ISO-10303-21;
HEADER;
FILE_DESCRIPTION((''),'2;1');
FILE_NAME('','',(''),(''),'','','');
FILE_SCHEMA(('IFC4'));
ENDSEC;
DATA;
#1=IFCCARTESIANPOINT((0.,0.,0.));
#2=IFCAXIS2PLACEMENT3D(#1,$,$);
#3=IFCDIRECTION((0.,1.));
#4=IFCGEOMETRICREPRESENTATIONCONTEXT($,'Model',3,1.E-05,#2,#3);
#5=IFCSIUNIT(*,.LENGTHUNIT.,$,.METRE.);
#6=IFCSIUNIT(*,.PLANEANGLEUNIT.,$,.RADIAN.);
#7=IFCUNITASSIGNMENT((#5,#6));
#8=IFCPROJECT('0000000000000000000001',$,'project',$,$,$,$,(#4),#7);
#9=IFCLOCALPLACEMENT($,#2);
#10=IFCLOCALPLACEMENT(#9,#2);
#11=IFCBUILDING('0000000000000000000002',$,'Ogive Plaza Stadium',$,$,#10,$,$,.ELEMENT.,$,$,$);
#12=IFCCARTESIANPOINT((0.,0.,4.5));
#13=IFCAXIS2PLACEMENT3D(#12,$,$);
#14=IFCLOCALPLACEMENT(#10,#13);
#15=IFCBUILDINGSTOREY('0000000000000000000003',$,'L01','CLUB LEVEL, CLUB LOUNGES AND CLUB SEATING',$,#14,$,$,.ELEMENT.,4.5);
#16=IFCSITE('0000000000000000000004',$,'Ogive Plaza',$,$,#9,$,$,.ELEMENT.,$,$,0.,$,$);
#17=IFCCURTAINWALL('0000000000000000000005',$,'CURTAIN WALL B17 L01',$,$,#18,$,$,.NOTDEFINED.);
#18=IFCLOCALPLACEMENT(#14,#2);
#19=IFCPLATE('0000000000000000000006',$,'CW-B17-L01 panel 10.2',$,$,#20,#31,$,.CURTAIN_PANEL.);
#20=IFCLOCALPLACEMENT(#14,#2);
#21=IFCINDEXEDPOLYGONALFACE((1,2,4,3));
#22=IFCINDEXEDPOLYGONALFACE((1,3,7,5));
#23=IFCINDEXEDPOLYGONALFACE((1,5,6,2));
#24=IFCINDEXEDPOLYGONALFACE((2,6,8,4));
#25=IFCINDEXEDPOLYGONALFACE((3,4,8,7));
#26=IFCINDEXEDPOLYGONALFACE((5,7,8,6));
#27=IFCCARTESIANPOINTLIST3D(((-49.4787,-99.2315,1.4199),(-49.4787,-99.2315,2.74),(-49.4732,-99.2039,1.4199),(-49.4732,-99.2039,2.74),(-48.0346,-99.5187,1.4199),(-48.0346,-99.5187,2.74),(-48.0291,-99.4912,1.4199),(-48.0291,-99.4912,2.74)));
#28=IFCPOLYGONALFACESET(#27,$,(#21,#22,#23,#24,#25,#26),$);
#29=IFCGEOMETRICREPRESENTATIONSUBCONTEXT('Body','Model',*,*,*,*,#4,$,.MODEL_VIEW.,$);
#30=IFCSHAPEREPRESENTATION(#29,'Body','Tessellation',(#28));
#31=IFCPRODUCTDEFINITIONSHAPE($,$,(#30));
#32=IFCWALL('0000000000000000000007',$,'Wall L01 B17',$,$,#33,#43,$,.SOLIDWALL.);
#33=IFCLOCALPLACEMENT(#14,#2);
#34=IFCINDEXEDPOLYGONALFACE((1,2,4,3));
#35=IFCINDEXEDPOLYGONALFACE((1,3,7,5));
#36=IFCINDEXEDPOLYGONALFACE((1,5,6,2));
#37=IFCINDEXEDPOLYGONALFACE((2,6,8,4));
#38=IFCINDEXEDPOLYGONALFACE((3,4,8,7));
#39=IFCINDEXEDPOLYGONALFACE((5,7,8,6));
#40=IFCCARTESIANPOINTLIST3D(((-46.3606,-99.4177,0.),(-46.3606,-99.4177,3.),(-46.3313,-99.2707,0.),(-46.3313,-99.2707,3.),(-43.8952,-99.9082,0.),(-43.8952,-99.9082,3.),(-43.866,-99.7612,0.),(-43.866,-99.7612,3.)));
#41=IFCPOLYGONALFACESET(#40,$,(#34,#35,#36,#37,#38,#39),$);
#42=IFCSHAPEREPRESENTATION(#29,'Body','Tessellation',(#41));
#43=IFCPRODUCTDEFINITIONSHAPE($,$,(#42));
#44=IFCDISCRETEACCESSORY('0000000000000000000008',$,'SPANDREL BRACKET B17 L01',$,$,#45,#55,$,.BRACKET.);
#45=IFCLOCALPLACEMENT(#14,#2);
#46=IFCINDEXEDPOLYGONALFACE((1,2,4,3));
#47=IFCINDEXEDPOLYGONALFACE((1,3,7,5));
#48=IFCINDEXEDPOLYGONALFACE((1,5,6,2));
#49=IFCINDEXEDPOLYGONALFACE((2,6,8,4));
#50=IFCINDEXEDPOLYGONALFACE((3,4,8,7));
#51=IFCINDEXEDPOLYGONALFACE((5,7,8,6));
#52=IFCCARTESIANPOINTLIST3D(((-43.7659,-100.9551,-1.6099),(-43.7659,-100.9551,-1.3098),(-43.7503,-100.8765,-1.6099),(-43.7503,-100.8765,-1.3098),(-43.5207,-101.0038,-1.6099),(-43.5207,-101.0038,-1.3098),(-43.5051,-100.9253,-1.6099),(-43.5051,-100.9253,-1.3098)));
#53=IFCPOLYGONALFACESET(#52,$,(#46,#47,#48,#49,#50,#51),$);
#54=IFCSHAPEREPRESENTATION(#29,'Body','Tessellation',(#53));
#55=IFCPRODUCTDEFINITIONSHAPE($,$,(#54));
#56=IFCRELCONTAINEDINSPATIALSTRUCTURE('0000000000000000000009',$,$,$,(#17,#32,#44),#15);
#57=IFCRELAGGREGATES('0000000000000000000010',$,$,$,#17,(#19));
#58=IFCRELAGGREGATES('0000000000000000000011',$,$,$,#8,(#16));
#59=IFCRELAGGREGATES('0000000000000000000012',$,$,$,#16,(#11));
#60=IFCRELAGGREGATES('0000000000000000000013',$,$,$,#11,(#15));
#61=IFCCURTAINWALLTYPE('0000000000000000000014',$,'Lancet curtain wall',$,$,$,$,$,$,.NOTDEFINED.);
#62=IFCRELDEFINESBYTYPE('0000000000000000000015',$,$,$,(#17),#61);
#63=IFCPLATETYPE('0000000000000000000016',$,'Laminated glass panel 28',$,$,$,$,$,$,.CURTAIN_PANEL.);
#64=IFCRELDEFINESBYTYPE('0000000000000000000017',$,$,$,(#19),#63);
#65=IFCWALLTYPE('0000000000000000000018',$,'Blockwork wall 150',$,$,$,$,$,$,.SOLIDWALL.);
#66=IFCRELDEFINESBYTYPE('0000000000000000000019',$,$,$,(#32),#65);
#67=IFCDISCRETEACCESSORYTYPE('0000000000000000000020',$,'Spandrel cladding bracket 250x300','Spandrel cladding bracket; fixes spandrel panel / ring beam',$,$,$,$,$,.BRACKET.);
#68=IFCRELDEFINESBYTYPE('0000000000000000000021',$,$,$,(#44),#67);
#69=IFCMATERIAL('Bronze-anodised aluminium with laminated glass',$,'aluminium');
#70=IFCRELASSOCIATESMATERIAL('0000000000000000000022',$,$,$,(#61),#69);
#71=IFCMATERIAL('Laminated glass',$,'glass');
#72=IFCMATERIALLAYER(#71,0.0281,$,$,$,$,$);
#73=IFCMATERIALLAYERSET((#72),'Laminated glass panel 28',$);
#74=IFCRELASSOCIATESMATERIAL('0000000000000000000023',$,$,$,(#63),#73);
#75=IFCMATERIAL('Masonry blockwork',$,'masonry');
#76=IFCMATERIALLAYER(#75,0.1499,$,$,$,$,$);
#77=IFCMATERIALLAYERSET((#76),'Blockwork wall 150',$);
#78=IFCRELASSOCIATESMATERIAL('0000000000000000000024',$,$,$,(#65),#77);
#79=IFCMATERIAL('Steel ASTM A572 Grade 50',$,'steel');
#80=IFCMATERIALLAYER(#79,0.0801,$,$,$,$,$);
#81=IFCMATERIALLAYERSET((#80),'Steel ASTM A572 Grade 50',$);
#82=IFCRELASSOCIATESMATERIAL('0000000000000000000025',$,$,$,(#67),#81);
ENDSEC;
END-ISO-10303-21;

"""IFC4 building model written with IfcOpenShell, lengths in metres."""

from ifc_helpers import new_model, si_unit, direction, frame, frame_2d, origin, origin_2d, place, context, subcontext, project, spatial, rectangle, extrude, material, layer, layer_set, type_object, element, aggregate, save


model = new_model("IFC4")

# Units and contexts
model_context = context("Model", 3, precision=1e-05, world=origin(), true_north=direction((0.0, 1.0)))
body_context = subcontext(model_context, "Body", "Model", "MODEL_VIEW")
ifc_project = project(units=[si_unit("LENGTHUNIT", "METRE"), si_unit("PLANEANGLEUNIT", "RADIAN")], contexts=[model_context])

# Site, building, storey
site_placement = place(None, origin())
site = spatial("IfcSite", under=ifc_project, at=site_placement, Name="Ogive Plaza", CompositionType="ELEMENT", RefElevation=0.0)
building_placement = place(site_placement, origin())
building = spatial("IfcBuilding", under=site, at=building_placement, Name="Ogive Plaza Stadium", CompositionType="ELEMENT")
storey_placement = place(building_placement, frame((0.0, 0.0, 4.5)))
storey = spatial("IfcBuildingStorey", under=building, at=storey_placement, Name="L01", Description="CLUB LEVEL, CLUB LOUNGES AND CLUB SEATING", CompositionType="ELEMENT", Elevation=4.5)

# Curtain wall, plate
ifc_material_1 = material(Name="Bronze-anodised aluminium with laminated glass", Category="aluminium")
curtain_wall_type = type_object("IfcCurtainWallType", Name="Lancet curtain wall", PredefinedType="NOTDEFINED", material=ifc_material_1)
curtain_wall_placement = place(storey_placement, origin())
curtain_wall = element("IfcCurtainWall", 1, at=curtain_wall_placement, inside=storey, type_object=curtain_wall_type, Name="CURTAIN WALL B17 L01", PredefinedType="NOTDEFINED")
ifc_material_2 = material(Name="Laminated glass", Category="glass")
ifc_layer_1 = layer(ifc_material_2, 0.0281)
ifc_layer_set_1 = layer_set([ifc_layer_1], Name="Laminated glass panel 28")
plate_type = type_object("IfcPlateType", Name="Laminated glass panel 28", PredefinedType="CURTAIN_PANEL", material=ifc_layer_set_1)
plate_1_placement = place(storey_placement, frame((-48.7539, -99.3613, 1.4199), z_axis=(0.0, 0.0, 1.0), x_axis=(-0.980785, 0.19509, 0.0)))
plate_1 = element("IfcPlate", 2, at=plate_1_placement, type_object=plate_type, Name="CW-B17-L01 panel 10.2", PredefinedType="CURTAIN_PANEL", context=body_context, shape_type="SweptSolid", body=[
    extrude(rectangle(XDim=1.4724, YDim=0.0281, at=origin_2d()), origin(), (0.0, 0.0, 1.0), 1.3201),
])
aggregate(curtain_wall, [plate_1])

# Wall
ifc_material_3 = material(Name="Masonry blockwork", Category="masonry")
ifc_layer_2 = layer(ifc_material_3, 0.1499)
ifc_layer_set_2 = layer_set([ifc_layer_2], Name="Blockwork wall 150")
wall_type = type_object("IfcWallType", Name="Blockwork wall 150", PredefinedType="SOLIDWALL", material=ifc_layer_set_2)
wall_placement = place(storey_placement, frame((-46.3459, -99.3442, 0.0), z_axis=(0.0, 0.0, 1.0), x_axis=(0.980778, -0.195126, 0.0)))
element("IfcWall", 3, at=wall_placement, inside=storey, type_object=wall_type, Name="Wall L01 B17", PredefinedType="SOLIDWALL", context=body_context, shape_type="SweptSolid", body=[
    extrude(rectangle(XDim=2.5137, YDim=0.1499, at=frame_2d((1.2568, 0.0))), origin(), (0.0, 0.0, 1.0), 3.0),
])

# Discrete accessory
ifc_material_4 = material(Name="Steel ASTM A572 Grade 50", Category="steel")
ifc_layer_3 = layer(ifc_material_4, 0.0801)
ifc_layer_set_3 = layer_set([ifc_layer_3], Name="Steel ASTM A572 Grade 50")
discrete_accessory_type = type_object("IfcDiscreteAccessoryType", Name="Spandrel cladding bracket 250x300", Description="Spandrel cladding bracket; fixes spandrel panel / ring beam", PredefinedType="BRACKET", material=ifc_layer_set_3)
discrete_accessory_placement = place(storey_placement, frame((-43.6355, -100.9402, -1.6099), z_axis=(0.0, 0.0, 1.0), x_axis=(-0.980785, 0.19509, 0.0)))
element("IfcDiscreteAccessory", 4, at=discrete_accessory_placement, inside=storey, type_object=discrete_accessory_type, Name="SPANDREL BRACKET B17 L01", PredefinedType="BRACKET", context=body_context, shape_type="SweptSolid", body=[
    extrude(rectangle(XDim=0.25, YDim=0.0801, at=origin_2d()), origin(), (0.0, 0.0, 1.0), 0.3),
])

save(model, "model.ifc")
